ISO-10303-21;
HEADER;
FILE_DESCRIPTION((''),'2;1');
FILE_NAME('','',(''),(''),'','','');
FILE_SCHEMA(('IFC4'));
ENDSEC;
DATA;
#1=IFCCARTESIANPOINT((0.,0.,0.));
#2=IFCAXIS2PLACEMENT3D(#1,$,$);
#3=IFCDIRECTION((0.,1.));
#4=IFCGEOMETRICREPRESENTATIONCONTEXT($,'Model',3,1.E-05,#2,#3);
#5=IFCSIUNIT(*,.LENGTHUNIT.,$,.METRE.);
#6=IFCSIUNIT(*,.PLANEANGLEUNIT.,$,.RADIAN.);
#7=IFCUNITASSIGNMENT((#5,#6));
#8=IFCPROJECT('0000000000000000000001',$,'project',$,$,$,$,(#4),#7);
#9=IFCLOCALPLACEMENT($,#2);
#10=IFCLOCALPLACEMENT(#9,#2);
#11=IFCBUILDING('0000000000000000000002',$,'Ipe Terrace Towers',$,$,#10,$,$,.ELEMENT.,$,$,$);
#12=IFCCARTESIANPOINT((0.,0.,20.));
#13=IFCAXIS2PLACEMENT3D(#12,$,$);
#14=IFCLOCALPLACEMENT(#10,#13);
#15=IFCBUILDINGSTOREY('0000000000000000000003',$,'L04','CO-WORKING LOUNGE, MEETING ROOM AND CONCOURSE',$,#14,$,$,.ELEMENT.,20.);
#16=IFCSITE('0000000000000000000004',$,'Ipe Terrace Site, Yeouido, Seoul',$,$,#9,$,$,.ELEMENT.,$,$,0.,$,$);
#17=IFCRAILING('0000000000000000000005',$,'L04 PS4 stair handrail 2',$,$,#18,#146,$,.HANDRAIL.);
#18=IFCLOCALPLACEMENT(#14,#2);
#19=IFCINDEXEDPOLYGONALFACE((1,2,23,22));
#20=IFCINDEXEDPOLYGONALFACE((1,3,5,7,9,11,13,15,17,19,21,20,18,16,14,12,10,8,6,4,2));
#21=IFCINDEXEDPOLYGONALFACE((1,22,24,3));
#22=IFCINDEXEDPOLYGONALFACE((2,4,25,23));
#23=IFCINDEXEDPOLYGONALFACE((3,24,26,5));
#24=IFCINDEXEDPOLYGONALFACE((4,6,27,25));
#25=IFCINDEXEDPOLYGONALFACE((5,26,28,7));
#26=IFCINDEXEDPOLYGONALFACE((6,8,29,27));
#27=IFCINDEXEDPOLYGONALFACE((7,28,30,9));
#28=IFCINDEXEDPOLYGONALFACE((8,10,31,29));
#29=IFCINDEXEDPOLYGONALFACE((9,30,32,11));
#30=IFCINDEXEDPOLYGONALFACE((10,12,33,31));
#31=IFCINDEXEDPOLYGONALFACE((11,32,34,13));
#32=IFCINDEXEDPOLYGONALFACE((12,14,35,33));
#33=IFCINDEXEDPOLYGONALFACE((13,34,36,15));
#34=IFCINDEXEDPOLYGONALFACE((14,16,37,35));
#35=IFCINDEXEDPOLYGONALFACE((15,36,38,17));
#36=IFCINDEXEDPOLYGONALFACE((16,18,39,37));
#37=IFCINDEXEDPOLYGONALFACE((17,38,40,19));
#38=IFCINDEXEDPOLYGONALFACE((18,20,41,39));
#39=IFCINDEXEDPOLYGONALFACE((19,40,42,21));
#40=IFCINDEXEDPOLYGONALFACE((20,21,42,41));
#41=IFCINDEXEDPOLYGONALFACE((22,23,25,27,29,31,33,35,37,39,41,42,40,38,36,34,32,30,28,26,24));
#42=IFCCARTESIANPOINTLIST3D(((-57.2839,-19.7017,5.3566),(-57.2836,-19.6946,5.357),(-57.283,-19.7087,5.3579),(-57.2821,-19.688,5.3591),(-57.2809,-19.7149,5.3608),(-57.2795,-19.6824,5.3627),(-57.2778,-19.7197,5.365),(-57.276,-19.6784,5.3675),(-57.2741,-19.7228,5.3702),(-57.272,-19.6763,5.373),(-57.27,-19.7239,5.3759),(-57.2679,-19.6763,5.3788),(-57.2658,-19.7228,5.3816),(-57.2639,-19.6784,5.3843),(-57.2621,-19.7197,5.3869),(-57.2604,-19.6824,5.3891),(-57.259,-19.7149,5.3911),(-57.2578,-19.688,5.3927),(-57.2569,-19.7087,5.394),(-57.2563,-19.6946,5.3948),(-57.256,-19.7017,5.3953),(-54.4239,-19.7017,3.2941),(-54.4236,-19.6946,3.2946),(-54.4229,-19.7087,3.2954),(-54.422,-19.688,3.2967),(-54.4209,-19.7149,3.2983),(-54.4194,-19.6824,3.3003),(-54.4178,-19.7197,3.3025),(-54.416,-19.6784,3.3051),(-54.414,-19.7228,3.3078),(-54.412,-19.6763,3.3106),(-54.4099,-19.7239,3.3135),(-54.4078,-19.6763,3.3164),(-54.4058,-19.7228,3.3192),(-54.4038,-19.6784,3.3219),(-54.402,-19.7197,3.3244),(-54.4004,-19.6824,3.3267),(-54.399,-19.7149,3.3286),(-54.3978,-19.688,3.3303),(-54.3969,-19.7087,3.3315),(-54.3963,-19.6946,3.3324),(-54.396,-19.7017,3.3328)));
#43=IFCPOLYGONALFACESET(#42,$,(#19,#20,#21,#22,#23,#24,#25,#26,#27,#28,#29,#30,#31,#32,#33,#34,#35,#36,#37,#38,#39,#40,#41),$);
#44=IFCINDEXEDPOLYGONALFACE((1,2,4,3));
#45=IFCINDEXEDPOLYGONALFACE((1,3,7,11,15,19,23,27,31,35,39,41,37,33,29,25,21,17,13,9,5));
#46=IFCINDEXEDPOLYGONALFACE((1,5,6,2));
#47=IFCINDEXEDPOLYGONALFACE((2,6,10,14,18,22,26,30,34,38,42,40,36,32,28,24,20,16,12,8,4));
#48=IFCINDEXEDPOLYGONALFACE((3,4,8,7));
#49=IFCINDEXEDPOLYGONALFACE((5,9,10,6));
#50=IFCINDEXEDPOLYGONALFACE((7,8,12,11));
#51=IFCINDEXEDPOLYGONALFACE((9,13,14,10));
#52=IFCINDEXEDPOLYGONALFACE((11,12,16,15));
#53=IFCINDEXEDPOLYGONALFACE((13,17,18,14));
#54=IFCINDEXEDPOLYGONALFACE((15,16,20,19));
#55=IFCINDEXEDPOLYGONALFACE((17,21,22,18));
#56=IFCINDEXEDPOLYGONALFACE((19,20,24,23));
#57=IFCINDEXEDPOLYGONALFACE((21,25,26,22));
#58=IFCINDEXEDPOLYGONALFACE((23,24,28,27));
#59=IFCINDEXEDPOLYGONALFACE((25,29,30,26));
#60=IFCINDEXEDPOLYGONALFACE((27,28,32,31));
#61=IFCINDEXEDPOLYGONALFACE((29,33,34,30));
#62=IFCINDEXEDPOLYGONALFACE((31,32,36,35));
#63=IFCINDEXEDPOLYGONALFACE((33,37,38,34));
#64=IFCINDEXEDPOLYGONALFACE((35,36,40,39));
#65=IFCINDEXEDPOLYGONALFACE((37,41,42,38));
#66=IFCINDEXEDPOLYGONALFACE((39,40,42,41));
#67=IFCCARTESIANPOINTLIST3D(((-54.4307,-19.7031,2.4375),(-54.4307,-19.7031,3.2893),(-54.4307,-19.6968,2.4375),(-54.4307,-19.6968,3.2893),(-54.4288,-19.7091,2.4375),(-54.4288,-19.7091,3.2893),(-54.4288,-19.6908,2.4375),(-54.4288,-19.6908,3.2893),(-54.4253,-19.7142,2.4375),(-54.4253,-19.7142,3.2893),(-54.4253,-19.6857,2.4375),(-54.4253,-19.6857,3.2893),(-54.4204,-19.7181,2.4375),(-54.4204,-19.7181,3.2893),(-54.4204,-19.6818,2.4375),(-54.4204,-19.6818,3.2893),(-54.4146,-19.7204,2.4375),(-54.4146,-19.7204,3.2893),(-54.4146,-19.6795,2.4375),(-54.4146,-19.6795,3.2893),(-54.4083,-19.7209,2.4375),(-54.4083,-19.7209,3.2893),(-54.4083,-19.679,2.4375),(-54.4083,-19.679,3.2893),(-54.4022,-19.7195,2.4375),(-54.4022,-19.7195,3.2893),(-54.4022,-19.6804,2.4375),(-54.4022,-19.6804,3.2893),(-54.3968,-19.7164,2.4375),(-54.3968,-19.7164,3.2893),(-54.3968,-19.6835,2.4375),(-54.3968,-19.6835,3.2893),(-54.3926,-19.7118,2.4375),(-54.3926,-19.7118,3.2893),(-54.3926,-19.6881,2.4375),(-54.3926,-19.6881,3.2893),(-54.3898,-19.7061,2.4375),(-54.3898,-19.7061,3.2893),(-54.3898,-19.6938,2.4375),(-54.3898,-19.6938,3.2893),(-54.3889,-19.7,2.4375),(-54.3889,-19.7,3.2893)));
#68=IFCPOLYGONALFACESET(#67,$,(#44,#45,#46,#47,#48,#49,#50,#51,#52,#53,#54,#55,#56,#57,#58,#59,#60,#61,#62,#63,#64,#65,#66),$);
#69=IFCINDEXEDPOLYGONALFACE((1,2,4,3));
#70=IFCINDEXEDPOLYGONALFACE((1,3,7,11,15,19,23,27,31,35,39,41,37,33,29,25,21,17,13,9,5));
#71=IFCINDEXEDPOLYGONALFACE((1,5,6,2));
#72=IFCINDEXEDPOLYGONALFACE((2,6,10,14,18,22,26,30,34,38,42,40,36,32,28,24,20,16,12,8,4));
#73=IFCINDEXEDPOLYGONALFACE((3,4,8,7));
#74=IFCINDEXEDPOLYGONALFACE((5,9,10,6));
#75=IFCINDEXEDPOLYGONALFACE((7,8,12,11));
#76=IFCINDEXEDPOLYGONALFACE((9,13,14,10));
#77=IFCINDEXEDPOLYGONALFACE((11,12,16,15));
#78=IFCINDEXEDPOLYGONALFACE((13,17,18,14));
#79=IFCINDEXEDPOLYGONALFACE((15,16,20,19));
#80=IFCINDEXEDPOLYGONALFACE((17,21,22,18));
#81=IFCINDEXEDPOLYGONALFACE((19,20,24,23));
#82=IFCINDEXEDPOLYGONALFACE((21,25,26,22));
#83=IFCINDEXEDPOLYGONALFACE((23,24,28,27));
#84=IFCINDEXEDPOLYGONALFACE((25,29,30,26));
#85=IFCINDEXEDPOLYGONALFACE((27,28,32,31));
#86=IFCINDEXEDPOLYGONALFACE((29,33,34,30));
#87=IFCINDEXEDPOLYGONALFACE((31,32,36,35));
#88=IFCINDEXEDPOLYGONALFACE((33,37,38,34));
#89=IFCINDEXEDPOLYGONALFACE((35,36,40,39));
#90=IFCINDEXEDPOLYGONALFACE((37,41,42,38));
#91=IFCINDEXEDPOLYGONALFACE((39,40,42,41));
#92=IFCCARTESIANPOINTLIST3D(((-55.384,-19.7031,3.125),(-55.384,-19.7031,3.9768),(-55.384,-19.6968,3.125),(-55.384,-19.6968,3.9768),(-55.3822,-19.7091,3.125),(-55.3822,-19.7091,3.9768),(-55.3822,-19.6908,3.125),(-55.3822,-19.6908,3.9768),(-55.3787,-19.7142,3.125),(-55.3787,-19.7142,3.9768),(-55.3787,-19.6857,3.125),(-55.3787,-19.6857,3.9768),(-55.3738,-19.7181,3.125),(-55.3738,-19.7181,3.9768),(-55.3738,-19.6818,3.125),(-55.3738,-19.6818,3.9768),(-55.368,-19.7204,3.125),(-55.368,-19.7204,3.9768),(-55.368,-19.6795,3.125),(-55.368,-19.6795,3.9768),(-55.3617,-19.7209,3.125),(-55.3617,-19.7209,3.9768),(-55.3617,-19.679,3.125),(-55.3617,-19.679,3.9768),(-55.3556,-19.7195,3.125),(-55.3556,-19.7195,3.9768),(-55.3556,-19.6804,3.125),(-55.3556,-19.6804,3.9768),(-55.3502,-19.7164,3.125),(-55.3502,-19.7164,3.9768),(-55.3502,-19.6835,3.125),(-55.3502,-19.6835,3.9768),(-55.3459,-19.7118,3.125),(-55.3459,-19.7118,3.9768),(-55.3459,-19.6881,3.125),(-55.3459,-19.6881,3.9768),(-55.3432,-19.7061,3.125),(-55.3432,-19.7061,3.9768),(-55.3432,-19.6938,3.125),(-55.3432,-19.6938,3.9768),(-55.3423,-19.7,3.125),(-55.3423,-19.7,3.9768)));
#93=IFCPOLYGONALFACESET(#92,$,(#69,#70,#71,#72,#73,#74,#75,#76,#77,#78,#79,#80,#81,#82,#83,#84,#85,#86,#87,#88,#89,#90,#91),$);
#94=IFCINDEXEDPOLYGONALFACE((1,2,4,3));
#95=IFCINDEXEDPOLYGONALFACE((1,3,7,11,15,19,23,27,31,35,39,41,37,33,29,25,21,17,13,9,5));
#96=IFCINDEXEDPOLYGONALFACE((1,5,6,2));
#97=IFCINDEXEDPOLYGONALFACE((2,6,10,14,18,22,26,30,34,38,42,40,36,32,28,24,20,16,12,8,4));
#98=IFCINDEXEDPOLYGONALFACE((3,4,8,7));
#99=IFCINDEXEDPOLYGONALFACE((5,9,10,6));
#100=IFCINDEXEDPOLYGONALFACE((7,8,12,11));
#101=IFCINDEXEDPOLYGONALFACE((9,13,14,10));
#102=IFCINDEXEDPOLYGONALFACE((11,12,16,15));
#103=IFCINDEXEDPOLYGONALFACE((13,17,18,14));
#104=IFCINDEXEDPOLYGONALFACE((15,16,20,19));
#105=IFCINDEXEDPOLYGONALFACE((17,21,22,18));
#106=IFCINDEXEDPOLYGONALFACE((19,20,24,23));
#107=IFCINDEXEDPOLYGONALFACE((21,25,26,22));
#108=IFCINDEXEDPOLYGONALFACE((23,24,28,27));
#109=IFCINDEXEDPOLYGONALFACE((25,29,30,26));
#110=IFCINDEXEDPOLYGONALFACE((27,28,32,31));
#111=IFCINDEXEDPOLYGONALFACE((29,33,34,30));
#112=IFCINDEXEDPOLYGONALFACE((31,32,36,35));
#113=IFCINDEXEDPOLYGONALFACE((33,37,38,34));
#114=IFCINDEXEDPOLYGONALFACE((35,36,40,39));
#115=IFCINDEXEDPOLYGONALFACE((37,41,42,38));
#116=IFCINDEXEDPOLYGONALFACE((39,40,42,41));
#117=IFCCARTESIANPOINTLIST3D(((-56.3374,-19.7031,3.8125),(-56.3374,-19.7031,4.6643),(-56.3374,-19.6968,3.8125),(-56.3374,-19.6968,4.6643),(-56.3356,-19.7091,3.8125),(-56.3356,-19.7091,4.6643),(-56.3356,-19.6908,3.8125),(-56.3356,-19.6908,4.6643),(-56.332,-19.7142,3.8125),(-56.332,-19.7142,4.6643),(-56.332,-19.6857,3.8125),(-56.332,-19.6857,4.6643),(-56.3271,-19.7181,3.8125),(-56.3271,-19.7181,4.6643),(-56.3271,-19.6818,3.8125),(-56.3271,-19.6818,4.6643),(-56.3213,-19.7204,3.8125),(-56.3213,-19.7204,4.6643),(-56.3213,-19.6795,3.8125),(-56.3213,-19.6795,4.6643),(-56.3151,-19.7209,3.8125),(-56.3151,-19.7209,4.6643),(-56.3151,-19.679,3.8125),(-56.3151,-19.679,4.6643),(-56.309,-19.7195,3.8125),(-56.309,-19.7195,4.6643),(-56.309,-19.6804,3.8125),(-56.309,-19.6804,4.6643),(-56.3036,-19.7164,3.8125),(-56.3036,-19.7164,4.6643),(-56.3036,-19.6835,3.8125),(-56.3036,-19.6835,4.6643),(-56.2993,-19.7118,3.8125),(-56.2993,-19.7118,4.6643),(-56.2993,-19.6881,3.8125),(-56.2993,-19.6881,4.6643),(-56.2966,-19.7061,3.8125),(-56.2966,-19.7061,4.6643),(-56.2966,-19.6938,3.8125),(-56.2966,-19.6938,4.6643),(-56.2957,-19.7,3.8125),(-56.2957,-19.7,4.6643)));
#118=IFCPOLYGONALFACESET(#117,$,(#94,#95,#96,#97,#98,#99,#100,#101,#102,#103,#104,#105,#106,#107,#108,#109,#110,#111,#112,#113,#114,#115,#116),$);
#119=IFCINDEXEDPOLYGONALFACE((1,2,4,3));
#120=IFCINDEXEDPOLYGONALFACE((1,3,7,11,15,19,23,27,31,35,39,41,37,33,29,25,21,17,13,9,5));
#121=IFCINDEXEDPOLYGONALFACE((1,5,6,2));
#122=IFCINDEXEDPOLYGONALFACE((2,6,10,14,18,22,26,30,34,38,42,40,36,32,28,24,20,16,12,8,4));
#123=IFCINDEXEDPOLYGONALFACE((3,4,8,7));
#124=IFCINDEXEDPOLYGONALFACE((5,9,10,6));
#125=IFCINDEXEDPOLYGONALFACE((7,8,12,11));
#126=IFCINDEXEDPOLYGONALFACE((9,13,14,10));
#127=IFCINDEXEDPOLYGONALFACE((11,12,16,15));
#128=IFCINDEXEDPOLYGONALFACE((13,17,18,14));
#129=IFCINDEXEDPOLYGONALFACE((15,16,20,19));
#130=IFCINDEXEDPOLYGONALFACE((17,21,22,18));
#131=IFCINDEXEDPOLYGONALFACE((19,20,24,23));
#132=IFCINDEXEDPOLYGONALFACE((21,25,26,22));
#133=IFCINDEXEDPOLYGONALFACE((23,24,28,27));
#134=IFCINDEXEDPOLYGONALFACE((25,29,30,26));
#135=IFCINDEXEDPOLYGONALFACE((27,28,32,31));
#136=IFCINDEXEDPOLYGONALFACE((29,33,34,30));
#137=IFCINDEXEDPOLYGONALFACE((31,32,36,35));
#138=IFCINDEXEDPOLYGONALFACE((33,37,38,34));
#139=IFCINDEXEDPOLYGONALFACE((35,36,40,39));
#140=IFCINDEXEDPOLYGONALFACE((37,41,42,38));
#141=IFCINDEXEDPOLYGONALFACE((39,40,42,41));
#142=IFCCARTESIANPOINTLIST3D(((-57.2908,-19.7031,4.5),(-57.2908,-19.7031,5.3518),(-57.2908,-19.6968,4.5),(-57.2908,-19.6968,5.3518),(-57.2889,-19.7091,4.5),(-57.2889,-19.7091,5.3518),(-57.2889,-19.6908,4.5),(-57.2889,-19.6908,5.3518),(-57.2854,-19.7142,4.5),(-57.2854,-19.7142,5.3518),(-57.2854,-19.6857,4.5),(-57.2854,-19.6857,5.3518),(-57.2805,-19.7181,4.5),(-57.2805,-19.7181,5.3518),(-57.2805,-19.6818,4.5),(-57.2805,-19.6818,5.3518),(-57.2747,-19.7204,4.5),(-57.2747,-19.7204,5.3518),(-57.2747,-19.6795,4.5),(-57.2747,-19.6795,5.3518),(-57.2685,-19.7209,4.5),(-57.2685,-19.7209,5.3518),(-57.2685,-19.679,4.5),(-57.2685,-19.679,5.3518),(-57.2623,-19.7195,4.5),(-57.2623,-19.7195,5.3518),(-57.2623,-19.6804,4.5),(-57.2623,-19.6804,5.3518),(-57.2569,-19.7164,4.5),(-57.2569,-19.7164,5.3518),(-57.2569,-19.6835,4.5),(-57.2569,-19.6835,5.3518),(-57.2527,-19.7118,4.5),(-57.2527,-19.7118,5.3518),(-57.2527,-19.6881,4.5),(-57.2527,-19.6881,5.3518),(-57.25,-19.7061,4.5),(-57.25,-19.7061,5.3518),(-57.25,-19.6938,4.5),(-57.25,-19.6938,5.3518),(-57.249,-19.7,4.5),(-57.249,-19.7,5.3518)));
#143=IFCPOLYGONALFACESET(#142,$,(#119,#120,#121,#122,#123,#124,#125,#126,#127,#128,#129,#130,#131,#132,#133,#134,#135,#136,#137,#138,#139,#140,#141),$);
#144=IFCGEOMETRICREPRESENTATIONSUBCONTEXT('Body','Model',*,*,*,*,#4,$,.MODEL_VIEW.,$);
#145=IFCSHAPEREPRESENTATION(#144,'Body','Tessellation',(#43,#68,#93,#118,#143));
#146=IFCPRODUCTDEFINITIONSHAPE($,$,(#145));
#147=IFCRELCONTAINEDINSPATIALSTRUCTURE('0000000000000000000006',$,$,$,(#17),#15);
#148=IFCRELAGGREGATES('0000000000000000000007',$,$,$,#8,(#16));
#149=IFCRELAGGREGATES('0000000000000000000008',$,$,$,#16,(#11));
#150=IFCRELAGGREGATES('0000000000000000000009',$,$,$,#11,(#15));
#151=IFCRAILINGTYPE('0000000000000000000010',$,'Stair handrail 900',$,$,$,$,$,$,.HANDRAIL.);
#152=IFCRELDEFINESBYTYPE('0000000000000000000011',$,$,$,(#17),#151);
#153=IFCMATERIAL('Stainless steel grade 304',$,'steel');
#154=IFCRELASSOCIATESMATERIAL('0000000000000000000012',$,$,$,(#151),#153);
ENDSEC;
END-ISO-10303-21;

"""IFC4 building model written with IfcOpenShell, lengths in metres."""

from ifc_helpers import new_model, si_unit, direction, frame, origin, origin_2d, place, context, subcontext, project, spatial, circle, extrude, material, type_object, element, save


model = new_model("IFC4")

# Units and contexts
model_context = context("Model", 3, precision=1e-05, world=origin(), true_north=direction((0.0, 1.0)))
body_context = subcontext(model_context, "Body", "Model", "MODEL_VIEW")
ifc_project = project(units=[si_unit("LENGTHUNIT", "METRE"), si_unit("PLANEANGLEUNIT", "RADIAN")], contexts=[model_context])

# Site, building, storey
site_placement = place(None, origin())
site = spatial("IfcSite", under=ifc_project, at=site_placement, Name="Ipe Terrace Site, Yeouido, Seoul", CompositionType="ELEMENT", RefElevation=0.0)
building_placement = place(site_placement, origin())
building = spatial("IfcBuilding", under=site, at=building_placement, Name="Ipe Terrace Towers", CompositionType="ELEMENT")
storey_placement = place(building_placement, frame((0.0, 0.0, 20.0)))
storey = spatial("IfcBuildingStorey", under=building, at=storey_placement, Name="L04", Description="CO-WORKING LOUNGE, MEETING ROOM AND CONCOURSE", CompositionType="ELEMENT", Elevation=20.0)

# Railing
ifc_material_1 = material(Name="Stainless steel grade 304", Category="steel")
railing_type_1 = type_object("IfcRailingType", Name="Stair handrail 900", PredefinedType="HANDRAIL", material=ifc_material_1)
railing_1_placement = place(storey_placement, frame((-54.4099, -19.7, 2.4375)))
element("IfcRailing", 1, at=railing_1_placement, inside=storey, type_object=railing_type_1, Name="L04 PS4 stair handrail 2", PredefinedType="HANDRAIL", context=body_context, shape_type="SweptSolid", body=[
    extrude(circle(Radius=0.0239, at=origin_2d()), frame((0.0, 0.0, 0.876), z_axis=(-0.811101, 0.0, 0.584906), x_axis=(0.0, -1.0, 0.0)), (0.0, 0.0, 1.0), 3.5261),
    extrude(circle(Radius=0.021, at=origin_2d()), origin(), (0.0, 0.0, 1.0), 0.8518),
    extrude(circle(Radius=0.021, at=origin_2d()), frame((-0.9534, 0.0, 0.6875)), (0.0, 0.0, 1.0), 0.8518),
    extrude(circle(Radius=0.021, at=origin_2d()), frame((-1.9067, 0.0, 1.375)), (0.0, 0.0, 1.0), 0.8518),
    extrude(circle(Radius=0.021, at=origin_2d()), frame((-2.8601, 0.0, 2.0625)), (0.0, 0.0, 1.0), 0.8518),
])

save(model, "model.ifc")
